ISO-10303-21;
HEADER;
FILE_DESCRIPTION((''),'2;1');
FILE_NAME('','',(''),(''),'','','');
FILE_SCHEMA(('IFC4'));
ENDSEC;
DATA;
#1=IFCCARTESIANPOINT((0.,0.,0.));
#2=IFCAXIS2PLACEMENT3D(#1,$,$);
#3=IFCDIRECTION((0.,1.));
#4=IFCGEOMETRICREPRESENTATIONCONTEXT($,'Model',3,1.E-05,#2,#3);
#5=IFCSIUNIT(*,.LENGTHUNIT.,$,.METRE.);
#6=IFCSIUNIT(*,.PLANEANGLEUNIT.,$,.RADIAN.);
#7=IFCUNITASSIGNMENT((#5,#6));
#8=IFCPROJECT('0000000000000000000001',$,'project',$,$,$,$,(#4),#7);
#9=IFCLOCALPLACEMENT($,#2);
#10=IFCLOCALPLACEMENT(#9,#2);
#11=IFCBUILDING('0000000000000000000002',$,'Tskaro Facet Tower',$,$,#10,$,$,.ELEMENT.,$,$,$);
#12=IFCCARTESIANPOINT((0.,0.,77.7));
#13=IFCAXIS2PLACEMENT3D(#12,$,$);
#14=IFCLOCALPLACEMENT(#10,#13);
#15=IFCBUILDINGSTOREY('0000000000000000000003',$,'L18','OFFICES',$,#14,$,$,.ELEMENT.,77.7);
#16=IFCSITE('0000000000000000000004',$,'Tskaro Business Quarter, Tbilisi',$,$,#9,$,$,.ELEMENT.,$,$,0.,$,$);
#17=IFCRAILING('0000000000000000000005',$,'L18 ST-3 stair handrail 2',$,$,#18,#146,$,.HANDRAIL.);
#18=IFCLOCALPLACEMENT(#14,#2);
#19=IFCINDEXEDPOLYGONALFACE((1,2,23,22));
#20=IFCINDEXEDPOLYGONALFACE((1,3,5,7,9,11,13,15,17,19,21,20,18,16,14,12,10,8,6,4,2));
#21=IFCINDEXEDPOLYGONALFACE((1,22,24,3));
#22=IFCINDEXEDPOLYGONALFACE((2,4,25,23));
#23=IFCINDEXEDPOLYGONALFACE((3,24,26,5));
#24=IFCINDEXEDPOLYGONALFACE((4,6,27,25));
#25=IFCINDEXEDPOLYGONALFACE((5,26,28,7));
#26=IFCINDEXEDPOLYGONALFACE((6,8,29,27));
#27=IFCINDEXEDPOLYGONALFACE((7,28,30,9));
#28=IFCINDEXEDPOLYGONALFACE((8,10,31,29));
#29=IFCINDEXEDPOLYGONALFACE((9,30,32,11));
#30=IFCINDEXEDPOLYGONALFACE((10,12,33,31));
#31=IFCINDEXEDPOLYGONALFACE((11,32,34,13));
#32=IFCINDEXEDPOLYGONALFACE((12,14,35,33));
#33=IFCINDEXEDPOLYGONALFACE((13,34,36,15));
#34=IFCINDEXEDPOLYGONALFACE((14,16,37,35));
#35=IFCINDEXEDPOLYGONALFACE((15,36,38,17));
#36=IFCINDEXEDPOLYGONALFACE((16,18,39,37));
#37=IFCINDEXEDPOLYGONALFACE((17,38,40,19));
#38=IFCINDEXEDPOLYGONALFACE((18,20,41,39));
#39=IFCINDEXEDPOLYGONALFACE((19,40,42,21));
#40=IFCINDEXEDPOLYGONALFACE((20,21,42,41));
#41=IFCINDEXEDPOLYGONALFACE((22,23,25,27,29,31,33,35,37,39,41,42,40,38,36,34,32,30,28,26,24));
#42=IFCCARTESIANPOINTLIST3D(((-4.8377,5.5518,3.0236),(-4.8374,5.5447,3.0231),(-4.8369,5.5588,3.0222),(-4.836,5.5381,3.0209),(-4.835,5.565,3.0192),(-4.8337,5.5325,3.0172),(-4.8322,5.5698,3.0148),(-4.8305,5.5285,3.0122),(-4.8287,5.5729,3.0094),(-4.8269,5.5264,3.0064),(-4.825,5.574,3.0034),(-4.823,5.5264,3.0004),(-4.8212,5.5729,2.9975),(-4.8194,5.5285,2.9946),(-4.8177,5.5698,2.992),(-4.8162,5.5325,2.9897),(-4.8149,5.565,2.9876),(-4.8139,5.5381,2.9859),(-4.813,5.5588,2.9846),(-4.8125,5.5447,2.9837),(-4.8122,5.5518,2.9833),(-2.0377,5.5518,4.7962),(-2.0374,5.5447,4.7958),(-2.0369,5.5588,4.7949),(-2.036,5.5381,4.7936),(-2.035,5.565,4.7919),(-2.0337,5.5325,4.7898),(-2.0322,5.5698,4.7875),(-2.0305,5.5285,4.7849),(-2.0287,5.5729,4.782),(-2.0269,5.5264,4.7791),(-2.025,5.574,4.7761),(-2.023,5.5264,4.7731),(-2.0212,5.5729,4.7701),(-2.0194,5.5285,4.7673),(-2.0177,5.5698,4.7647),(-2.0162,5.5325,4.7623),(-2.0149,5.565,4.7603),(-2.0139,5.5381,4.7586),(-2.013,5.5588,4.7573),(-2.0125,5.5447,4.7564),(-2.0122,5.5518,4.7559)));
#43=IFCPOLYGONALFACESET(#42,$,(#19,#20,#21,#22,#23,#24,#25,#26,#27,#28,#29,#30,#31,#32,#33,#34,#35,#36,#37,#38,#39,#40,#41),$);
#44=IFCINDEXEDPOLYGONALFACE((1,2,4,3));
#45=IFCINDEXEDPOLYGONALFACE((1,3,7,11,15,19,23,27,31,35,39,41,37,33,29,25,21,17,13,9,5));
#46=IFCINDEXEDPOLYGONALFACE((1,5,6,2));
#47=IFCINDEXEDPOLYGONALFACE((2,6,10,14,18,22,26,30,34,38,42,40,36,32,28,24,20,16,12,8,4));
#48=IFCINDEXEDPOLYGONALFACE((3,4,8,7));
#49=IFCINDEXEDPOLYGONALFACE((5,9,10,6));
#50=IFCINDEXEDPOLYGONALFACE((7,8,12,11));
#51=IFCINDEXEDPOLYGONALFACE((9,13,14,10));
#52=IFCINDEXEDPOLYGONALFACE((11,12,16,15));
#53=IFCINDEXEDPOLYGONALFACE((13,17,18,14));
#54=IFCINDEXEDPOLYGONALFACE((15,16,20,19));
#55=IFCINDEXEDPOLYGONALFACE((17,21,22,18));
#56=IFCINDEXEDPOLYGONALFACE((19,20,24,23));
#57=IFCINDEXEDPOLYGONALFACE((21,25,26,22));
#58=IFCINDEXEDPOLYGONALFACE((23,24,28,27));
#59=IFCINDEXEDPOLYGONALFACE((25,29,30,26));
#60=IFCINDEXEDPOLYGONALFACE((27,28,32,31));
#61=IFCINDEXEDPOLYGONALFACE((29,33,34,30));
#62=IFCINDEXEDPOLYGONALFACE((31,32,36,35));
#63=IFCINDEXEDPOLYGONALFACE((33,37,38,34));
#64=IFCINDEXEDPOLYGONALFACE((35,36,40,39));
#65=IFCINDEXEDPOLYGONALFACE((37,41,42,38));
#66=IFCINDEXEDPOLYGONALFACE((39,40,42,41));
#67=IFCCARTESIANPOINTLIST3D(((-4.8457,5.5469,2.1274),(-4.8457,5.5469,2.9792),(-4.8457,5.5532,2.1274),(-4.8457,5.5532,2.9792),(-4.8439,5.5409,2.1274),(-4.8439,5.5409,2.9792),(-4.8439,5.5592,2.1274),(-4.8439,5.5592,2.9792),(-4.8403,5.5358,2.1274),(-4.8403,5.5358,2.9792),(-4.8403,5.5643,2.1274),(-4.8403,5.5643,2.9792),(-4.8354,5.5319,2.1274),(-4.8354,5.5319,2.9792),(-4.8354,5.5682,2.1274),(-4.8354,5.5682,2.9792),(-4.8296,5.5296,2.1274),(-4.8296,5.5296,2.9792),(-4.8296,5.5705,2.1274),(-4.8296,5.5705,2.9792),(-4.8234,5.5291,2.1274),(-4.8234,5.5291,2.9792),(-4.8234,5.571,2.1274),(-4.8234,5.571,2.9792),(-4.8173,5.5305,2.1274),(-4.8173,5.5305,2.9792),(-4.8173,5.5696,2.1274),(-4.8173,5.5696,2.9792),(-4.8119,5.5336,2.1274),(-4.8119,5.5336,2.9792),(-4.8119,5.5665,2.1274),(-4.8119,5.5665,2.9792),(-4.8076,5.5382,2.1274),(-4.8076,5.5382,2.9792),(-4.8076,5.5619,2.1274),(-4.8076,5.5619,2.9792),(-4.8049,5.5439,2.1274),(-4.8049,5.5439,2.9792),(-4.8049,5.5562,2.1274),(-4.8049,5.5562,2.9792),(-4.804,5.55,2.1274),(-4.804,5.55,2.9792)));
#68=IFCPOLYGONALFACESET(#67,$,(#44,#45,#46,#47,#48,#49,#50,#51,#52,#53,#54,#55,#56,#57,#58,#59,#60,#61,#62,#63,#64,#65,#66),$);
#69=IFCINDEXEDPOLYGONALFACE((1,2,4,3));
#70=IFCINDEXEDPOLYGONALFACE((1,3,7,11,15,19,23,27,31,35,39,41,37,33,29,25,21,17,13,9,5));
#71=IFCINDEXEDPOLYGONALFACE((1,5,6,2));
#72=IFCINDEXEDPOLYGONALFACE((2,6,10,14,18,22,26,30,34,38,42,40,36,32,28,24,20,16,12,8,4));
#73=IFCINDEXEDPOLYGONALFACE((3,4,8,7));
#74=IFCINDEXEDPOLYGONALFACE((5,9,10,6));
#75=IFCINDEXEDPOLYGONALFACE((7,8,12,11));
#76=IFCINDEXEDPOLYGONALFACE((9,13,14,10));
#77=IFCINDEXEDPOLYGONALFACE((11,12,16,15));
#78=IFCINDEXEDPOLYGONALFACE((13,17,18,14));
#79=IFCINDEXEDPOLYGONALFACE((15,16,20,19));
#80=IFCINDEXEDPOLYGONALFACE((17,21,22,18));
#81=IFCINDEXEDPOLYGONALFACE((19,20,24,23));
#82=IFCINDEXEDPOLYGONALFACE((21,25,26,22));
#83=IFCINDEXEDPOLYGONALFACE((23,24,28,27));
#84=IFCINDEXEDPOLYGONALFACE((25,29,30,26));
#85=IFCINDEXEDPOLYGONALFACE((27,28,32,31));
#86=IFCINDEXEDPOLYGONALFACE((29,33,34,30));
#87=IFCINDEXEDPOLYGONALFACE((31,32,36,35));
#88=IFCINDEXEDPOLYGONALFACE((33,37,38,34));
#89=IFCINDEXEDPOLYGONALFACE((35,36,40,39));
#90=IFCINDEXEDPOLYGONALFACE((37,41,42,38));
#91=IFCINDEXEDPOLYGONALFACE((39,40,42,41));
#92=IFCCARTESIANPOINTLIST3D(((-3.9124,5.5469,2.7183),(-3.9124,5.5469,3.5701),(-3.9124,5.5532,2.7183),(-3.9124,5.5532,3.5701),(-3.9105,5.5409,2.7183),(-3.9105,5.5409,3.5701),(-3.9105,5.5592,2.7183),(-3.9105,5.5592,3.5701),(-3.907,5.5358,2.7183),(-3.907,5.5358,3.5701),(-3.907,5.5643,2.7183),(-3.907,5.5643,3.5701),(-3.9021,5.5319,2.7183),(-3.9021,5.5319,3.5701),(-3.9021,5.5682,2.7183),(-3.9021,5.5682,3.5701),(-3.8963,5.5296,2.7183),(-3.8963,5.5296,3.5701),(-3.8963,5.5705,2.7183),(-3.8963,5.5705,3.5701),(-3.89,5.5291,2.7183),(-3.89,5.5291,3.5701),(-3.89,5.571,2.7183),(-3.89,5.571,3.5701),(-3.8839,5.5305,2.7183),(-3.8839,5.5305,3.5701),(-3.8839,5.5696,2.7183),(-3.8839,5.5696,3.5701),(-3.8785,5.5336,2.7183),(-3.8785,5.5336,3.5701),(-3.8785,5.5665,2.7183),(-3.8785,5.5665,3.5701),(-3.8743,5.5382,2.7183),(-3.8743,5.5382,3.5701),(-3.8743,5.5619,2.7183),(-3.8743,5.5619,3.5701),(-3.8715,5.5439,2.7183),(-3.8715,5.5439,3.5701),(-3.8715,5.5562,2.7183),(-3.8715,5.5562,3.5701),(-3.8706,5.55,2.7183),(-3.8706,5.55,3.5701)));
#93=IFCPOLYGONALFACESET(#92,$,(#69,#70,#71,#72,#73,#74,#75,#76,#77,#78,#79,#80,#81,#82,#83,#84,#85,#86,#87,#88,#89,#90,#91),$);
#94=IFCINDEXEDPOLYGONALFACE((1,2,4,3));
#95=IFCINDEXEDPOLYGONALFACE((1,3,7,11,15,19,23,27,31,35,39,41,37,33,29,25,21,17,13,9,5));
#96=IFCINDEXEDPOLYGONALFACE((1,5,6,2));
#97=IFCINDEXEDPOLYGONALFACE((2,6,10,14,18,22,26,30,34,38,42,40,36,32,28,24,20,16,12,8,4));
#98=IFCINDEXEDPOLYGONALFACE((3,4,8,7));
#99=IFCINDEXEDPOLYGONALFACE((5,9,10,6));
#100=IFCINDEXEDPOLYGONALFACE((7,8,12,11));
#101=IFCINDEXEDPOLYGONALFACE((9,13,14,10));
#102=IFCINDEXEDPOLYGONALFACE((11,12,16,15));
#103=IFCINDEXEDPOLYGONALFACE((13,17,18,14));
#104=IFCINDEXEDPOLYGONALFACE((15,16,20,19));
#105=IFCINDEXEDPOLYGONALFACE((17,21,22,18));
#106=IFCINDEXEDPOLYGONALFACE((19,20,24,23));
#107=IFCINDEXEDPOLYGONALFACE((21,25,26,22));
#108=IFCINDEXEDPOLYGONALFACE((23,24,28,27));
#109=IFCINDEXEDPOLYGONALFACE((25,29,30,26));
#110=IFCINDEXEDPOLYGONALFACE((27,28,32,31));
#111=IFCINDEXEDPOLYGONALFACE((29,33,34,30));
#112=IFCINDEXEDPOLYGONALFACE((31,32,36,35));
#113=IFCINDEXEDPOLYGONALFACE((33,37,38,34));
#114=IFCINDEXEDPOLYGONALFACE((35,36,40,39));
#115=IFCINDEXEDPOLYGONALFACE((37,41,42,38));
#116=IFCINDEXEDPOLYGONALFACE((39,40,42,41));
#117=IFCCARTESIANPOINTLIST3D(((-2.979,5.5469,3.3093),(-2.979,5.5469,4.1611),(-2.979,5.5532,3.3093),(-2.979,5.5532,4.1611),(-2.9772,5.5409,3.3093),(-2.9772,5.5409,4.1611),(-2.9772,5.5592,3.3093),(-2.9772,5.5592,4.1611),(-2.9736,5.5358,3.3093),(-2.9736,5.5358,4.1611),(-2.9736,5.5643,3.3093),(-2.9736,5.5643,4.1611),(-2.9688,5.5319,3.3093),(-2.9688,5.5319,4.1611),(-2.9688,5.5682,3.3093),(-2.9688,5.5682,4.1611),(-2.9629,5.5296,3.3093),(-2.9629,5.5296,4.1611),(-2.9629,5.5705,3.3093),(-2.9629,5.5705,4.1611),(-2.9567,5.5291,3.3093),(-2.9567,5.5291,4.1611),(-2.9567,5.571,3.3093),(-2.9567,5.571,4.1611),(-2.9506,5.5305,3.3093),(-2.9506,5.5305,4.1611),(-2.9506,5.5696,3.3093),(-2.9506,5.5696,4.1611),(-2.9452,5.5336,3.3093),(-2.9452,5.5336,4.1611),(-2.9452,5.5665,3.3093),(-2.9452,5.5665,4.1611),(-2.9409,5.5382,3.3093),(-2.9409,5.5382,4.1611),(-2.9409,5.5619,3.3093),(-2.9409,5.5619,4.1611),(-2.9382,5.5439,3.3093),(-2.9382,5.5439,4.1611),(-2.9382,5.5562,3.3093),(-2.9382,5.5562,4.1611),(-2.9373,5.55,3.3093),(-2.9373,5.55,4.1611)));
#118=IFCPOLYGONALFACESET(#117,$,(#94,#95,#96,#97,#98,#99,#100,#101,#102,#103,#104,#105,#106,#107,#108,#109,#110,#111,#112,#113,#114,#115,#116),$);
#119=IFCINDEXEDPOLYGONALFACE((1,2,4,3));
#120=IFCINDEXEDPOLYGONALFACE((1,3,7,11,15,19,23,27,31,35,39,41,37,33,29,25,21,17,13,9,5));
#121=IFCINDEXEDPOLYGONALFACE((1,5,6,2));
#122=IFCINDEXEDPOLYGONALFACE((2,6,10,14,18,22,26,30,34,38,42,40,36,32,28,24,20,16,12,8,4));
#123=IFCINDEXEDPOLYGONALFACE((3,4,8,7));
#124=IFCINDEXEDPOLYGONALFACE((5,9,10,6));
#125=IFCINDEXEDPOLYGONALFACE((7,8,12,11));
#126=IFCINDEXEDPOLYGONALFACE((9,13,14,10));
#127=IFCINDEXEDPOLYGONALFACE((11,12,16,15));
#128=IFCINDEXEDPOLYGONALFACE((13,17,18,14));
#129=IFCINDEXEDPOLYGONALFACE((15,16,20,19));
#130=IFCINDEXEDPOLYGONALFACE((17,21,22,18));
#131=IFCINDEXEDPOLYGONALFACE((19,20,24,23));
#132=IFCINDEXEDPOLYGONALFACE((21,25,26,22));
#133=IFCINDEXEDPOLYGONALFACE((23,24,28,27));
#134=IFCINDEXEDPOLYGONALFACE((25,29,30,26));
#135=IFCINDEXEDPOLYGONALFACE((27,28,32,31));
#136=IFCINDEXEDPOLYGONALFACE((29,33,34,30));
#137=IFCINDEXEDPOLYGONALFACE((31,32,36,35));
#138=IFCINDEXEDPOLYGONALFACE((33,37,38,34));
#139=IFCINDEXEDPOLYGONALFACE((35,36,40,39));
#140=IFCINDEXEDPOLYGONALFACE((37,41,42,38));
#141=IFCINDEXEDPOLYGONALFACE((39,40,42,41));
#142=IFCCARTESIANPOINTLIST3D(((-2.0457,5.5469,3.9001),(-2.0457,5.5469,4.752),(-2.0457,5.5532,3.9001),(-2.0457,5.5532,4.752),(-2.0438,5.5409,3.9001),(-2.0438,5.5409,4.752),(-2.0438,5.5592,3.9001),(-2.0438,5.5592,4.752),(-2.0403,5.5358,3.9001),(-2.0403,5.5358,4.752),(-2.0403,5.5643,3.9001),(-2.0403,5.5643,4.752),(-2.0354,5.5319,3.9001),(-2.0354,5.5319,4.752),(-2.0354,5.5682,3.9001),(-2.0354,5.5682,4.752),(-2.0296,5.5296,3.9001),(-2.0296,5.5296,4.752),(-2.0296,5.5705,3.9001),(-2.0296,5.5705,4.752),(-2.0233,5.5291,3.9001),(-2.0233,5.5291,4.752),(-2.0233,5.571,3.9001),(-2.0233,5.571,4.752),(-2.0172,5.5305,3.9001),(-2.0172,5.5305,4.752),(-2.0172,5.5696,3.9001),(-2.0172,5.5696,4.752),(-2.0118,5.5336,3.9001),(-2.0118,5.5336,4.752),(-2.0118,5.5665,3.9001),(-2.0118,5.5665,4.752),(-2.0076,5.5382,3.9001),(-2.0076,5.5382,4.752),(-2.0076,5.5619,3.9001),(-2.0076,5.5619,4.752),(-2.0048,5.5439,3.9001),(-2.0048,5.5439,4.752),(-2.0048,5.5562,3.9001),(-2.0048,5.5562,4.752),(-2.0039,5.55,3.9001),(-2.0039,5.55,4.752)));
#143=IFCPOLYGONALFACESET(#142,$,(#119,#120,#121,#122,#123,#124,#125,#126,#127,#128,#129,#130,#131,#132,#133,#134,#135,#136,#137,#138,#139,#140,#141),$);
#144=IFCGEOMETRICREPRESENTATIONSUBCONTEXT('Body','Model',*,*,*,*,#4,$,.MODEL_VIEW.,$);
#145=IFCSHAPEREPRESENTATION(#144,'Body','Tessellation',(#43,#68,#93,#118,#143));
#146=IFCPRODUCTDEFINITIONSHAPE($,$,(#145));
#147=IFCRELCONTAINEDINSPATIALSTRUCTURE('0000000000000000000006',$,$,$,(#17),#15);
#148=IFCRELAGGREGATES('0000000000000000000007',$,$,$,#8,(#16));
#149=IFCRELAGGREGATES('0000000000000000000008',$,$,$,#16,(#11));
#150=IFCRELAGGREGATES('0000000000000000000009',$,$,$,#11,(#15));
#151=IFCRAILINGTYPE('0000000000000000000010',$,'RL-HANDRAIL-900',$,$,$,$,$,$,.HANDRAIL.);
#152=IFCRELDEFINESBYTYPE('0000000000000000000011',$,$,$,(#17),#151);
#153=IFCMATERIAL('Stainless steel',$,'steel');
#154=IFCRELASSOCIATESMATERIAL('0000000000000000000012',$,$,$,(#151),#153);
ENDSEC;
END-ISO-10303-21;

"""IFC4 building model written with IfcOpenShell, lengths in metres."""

from ifc_helpers import new_model, si_unit, direction, frame, origin, origin_2d, place, context, subcontext, project, spatial, circle, extrude, material, type_object, element, save


model = new_model("IFC4")

# Units and contexts
model_context = context("Model", 3, precision=1e-05, world=origin(), true_north=direction((0.0, 1.0)))
body_context = subcontext(model_context, "Body", "Model", "MODEL_VIEW")
ifc_project = project(units=[si_unit("LENGTHUNIT", "METRE"), si_unit("PLANEANGLEUNIT", "RADIAN")], contexts=[model_context])

# Site, building, storey
site_placement = place(None, origin())
site = spatial("IfcSite", under=ifc_project, at=site_placement, Name="Tskaro Business Quarter, Tbilisi", CompositionType="ELEMENT", RefElevation=0.0)
building_placement = place(site_placement, origin())
building = spatial("IfcBuilding", under=site, at=building_placement, Name="Tskaro Facet Tower", CompositionType="ELEMENT")
storey_placement = place(building_placement, frame((0.0, 0.0, 77.7)))
storey = spatial("IfcBuildingStorey", under=building, at=storey_placement, Name="L18", Description="OFFICES", CompositionType="ELEMENT", Elevation=77.7)

# Railing
ifc_material_1 = material(Name="Stainless steel", Category="steel")
railing_type_1 = type_object("IfcRailingType", Name="RL-HANDRAIL-900", PredefinedType="HANDRAIL", material=ifc_material_1)
railing_1_placement = place(storey_placement, frame((-4.825, 5.55, 2.1274)))
element("IfcRailing", 1, at=railing_1_placement, inside=storey, type_object=railing_type_1, Name="L18 ST-3 stair handrail 2", PredefinedType="HANDRAIL", context=body_context, shape_type="SweptSolid", body=[
    extrude(circle(Radius=0.0239, at=origin_2d()), frame((0.0, 0.0, 0.876), z_axis=(0.844909, 0.0, 0.53491), x_axis=(0.0, 1.0, 0.0)), (0.0, 0.0, 1.0), 3.314),
    extrude(circle(Radius=0.021, at=origin_2d()), origin(), (0.0, 0.0, 1.0), 0.8518),
    extrude(circle(Radius=0.021, at=origin_2d()), frame((0.9333, 0.0, 0.5908)), (0.0, 0.0, 1.0), 0.8518),
    extrude(circle(Radius=0.021, at=origin_2d()), frame((1.8667, 0.0, 1.1819)), (0.0, 0.0, 1.0), 0.8518),
    extrude(circle(Radius=0.021, at=origin_2d()), frame((2.8, 0.0, 1.7727)), (0.0, 0.0, 1.0), 0.8518),
])

save(model, "model.ifc")
